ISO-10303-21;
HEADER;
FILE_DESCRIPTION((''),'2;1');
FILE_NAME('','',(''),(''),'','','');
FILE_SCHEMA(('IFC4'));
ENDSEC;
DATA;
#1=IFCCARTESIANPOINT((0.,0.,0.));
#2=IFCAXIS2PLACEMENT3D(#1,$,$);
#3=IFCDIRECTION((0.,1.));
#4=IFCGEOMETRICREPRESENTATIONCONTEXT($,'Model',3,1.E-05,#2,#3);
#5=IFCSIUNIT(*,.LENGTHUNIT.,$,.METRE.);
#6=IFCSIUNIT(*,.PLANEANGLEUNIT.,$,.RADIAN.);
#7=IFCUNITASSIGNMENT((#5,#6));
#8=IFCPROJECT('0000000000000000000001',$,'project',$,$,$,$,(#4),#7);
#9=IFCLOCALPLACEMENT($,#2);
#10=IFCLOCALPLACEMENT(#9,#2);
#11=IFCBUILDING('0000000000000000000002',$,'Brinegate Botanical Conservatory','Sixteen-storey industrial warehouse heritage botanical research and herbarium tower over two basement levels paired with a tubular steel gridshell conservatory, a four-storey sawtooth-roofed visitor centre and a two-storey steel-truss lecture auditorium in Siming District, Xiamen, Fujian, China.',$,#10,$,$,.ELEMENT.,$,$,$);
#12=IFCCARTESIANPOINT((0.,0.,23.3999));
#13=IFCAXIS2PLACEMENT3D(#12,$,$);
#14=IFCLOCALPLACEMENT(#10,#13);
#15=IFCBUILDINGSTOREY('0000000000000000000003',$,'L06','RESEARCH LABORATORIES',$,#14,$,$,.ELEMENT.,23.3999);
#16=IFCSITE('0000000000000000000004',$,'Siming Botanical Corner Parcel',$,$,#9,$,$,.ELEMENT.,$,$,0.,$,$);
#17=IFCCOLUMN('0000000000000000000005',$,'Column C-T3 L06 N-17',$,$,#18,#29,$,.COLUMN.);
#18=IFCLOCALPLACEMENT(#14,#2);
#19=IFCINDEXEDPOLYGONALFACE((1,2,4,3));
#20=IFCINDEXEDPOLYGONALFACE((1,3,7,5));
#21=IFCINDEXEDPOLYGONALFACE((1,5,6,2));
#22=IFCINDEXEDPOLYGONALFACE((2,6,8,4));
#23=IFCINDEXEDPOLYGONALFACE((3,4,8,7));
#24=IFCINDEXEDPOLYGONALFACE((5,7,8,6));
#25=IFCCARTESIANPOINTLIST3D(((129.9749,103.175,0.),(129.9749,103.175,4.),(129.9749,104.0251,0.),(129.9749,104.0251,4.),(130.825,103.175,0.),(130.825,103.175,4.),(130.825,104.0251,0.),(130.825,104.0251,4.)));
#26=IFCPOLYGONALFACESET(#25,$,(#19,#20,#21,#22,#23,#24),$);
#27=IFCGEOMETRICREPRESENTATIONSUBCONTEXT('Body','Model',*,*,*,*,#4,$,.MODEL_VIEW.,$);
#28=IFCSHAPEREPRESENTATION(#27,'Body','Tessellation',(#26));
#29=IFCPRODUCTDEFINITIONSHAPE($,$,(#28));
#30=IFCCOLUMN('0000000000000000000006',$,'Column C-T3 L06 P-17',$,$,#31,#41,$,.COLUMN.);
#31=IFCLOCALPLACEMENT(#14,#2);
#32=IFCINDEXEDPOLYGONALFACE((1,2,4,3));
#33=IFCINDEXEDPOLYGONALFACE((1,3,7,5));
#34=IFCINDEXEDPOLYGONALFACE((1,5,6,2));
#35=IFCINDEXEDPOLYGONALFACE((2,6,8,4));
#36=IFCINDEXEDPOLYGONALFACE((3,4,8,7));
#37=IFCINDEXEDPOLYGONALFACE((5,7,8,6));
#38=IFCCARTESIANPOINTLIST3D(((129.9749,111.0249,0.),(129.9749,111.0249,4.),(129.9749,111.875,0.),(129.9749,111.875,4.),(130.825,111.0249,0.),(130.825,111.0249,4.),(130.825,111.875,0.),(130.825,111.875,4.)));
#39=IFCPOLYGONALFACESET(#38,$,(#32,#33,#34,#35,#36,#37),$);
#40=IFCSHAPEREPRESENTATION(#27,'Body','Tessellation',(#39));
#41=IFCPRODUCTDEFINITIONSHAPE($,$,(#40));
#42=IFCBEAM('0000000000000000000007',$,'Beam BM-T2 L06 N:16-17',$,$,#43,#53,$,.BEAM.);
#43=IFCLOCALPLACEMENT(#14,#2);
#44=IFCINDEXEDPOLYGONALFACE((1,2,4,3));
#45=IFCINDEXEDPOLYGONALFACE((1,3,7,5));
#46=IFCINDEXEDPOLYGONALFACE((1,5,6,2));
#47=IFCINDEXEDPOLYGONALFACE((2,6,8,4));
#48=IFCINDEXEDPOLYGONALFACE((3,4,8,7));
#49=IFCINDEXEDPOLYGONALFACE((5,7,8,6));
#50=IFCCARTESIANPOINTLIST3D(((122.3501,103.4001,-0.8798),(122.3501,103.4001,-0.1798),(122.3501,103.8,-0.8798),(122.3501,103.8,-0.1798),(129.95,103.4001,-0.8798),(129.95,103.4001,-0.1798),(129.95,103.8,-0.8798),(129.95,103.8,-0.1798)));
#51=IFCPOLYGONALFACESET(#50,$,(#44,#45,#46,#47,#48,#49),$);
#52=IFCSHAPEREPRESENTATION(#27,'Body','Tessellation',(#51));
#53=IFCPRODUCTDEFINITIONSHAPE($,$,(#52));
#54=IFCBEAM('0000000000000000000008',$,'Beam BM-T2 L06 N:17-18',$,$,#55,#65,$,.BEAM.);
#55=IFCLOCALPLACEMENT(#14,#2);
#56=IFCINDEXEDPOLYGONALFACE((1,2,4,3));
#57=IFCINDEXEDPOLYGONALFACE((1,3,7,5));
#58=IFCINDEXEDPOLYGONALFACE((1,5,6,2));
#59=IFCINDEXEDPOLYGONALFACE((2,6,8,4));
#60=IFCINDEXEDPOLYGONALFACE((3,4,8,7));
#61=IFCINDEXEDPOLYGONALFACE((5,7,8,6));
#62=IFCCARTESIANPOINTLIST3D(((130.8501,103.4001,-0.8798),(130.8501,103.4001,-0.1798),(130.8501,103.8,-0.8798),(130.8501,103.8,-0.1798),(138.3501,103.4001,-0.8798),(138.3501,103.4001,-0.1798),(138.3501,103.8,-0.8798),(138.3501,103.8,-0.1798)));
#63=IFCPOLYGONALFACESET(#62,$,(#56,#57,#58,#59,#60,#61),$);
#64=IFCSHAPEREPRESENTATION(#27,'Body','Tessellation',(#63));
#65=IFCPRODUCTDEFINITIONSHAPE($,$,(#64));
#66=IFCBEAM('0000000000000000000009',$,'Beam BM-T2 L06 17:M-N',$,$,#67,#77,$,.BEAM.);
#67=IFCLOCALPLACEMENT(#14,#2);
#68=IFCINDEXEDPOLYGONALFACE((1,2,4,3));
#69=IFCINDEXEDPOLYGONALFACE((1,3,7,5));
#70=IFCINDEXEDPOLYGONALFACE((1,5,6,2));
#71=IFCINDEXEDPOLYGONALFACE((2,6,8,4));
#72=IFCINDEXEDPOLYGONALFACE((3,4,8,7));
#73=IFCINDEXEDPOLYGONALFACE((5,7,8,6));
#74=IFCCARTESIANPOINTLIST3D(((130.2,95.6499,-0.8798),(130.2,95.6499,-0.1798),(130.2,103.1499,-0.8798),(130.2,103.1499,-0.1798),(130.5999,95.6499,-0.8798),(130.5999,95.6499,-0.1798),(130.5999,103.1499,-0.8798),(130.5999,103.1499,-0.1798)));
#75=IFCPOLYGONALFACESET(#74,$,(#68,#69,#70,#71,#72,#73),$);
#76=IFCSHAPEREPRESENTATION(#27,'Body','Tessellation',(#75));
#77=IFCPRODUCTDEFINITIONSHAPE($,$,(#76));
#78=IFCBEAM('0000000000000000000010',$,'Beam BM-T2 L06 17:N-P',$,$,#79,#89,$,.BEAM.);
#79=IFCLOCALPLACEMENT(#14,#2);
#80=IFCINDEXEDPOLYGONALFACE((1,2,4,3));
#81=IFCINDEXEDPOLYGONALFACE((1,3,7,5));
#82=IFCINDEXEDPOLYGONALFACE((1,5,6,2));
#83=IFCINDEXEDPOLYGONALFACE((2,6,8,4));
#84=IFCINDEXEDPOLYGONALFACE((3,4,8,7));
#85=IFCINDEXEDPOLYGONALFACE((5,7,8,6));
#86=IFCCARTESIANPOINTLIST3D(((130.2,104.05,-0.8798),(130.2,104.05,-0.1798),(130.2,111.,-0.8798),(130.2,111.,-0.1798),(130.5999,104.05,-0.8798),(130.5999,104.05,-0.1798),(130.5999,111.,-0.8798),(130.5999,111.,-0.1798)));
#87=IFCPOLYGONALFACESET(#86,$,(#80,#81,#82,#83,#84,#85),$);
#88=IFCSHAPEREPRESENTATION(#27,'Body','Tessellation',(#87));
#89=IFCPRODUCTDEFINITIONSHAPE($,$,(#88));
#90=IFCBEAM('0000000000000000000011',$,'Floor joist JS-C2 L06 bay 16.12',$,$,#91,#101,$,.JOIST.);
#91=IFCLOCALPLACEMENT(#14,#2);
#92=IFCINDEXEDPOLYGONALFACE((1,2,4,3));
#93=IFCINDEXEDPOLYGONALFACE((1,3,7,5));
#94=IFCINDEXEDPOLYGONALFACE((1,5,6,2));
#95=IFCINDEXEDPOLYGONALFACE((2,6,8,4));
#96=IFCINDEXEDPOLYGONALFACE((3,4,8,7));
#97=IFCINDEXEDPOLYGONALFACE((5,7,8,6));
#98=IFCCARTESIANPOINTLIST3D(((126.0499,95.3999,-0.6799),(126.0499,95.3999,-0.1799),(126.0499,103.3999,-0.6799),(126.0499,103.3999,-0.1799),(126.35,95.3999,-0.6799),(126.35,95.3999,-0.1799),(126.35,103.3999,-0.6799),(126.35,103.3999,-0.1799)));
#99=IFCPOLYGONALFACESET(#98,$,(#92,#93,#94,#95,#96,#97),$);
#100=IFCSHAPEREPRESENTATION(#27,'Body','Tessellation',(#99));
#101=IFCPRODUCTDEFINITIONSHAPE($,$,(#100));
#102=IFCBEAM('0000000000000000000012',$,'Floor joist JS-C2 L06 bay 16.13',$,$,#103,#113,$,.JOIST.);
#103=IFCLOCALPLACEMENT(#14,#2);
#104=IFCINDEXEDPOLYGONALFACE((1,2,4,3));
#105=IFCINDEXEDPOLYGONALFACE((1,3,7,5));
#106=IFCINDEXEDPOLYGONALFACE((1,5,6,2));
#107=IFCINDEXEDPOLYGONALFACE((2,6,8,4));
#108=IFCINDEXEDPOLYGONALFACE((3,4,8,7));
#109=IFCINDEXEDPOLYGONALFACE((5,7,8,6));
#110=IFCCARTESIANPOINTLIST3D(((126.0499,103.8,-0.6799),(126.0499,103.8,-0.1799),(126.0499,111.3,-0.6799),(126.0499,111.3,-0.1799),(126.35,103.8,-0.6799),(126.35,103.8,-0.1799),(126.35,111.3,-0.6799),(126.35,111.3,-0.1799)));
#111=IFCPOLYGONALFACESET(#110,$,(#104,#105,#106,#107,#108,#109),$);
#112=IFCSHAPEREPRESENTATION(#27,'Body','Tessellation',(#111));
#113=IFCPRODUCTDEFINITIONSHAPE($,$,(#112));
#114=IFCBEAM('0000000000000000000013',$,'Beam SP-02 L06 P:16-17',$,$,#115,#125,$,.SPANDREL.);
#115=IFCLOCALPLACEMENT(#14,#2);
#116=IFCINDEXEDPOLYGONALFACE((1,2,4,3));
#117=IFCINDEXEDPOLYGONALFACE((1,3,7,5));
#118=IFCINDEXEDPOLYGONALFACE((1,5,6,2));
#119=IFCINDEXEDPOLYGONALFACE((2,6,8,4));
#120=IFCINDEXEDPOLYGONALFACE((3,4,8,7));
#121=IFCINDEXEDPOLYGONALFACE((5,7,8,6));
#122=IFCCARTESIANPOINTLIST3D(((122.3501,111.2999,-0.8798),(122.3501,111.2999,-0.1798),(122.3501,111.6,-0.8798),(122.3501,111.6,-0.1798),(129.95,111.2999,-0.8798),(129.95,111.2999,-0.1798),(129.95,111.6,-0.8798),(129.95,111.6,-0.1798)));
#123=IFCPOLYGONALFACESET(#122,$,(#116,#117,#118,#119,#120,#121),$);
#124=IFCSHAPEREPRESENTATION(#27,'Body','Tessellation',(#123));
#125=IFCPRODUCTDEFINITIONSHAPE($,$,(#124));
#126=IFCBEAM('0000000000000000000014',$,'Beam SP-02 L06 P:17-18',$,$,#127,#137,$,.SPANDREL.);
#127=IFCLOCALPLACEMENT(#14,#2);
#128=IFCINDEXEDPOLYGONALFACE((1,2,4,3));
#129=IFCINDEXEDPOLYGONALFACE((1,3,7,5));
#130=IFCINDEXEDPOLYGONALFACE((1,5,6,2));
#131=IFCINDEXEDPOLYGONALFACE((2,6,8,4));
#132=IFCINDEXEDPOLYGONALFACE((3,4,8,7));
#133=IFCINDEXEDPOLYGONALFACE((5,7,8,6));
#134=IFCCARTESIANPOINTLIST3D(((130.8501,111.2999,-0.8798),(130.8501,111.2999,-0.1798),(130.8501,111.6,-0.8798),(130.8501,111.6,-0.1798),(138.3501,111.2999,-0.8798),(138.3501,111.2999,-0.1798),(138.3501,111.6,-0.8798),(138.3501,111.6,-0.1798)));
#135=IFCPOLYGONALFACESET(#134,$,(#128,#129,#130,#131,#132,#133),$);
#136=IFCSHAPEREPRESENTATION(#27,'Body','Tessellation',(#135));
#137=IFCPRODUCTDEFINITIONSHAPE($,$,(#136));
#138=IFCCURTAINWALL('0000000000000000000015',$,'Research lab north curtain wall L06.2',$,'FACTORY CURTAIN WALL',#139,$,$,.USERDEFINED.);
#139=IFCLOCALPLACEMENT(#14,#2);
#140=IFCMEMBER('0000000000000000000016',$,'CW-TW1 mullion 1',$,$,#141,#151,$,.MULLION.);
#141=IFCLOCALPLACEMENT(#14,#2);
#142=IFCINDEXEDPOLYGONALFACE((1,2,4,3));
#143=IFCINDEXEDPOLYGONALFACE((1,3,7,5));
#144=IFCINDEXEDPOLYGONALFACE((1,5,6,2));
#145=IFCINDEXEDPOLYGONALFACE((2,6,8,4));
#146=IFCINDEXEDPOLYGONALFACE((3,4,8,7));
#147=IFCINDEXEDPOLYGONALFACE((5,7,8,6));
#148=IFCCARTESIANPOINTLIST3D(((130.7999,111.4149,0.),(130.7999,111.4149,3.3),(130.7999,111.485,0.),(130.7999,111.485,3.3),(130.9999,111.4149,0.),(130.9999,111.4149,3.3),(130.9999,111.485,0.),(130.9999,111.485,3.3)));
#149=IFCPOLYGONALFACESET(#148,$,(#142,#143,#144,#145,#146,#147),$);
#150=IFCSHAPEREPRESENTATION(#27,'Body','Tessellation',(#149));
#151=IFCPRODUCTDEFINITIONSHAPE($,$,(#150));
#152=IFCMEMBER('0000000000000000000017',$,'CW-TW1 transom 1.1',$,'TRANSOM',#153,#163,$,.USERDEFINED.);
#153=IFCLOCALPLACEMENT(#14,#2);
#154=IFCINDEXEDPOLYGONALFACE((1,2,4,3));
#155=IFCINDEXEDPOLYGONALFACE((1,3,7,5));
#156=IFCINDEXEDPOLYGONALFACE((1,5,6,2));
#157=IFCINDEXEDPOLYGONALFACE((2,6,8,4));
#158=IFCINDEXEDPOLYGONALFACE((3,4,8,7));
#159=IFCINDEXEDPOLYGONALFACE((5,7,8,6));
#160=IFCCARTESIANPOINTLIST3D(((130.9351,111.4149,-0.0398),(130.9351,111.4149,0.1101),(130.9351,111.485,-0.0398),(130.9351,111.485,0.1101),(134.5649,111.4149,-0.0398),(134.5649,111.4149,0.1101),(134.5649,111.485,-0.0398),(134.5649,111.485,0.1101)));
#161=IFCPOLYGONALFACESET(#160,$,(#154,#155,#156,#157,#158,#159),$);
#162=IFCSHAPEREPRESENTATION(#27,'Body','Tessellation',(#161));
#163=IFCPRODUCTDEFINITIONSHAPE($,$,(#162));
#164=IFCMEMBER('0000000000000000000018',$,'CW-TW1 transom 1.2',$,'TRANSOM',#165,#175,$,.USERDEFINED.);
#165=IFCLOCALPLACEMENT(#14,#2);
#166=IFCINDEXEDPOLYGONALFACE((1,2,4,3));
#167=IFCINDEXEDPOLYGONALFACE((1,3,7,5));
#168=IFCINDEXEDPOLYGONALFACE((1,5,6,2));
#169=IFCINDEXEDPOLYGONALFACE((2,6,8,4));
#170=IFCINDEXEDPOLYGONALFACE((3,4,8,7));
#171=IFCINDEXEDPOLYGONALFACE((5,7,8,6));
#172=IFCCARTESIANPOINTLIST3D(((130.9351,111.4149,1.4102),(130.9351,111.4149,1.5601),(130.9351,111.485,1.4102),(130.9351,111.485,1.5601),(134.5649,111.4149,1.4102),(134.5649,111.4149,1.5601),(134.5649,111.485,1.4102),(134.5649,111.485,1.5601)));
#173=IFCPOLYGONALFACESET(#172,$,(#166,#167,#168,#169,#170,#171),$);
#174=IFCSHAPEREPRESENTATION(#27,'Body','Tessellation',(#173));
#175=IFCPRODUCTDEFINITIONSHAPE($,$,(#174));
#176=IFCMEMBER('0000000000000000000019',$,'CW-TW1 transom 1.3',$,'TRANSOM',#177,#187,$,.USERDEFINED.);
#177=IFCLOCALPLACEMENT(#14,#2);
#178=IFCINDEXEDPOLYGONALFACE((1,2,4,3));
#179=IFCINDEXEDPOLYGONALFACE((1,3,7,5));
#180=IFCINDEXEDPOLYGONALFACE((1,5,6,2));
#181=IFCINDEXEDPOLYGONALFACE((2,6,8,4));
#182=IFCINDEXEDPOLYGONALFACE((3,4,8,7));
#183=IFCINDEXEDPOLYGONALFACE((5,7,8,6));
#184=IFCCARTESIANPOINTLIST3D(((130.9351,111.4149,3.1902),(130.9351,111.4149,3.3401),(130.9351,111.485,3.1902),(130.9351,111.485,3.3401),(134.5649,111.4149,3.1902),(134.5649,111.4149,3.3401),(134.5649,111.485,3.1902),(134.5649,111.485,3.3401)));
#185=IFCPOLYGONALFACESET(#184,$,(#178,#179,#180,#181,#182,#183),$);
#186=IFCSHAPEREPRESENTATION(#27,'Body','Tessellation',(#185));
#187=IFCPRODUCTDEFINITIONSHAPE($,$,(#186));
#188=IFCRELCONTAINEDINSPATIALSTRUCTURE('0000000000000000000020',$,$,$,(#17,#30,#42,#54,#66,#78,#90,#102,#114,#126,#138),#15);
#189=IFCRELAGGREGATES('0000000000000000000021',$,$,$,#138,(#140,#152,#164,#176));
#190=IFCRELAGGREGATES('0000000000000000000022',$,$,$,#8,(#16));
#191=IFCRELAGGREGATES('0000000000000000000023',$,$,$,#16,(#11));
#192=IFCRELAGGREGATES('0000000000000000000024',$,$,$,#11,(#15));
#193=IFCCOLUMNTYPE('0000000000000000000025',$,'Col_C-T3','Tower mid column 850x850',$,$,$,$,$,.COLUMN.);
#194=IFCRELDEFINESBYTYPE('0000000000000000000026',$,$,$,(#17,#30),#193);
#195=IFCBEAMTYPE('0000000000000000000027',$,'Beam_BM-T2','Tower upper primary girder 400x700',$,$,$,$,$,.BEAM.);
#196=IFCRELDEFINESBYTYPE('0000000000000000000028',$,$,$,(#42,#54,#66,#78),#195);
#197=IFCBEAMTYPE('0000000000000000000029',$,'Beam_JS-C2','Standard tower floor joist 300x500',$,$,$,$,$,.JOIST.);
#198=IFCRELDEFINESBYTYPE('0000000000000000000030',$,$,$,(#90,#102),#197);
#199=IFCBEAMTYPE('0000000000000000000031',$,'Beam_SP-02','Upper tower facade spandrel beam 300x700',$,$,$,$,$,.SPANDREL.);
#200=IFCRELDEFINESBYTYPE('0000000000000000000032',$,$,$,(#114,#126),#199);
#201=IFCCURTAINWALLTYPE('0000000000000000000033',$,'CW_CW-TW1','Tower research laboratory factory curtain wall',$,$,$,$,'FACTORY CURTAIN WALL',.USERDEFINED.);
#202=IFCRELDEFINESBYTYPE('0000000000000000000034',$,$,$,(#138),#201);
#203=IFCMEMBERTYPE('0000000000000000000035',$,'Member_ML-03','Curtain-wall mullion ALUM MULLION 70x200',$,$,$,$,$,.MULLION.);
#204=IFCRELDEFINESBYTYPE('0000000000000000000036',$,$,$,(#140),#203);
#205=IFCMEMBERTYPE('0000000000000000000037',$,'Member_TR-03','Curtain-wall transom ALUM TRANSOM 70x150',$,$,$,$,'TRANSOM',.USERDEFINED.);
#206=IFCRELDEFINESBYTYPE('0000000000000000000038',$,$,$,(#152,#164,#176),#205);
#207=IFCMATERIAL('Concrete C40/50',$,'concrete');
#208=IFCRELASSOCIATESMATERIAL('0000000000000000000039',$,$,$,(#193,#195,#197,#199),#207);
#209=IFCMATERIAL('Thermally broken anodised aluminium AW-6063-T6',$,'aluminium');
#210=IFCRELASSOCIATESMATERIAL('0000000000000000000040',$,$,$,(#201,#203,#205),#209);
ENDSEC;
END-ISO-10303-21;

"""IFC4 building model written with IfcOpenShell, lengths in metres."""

from ifc_helpers import new_model, si_unit, direction, frame, origin, origin_2d, place, context, subcontext, project, spatial, rectangle, extrude, material, material_profile, profile_set, type_object, element, aggregate, save


model = new_model("IFC4")

# Units and contexts
model_context = context("Model", 3, precision=1e-05, world=origin(), true_north=direction((0.0, 1.0)))
body_context = subcontext(model_context, "Body", "Model", "MODEL_VIEW")
ifc_project = project(units=[si_unit("LENGTHUNIT", "METRE"), si_unit("PLANEANGLEUNIT", "RADIAN")], contexts=[model_context])

# Site, building, storey
site_placement = place(None, origin())
site = spatial("IfcSite", under=ifc_project, at=site_placement, Name="Siming Botanical Corner Parcel", CompositionType="ELEMENT", RefElevation=0.0)
building_placement = place(site_placement, origin())
building = spatial("IfcBuilding", under=site, at=building_placement, Name="Brinegate Botanical Conservatory", Description="Sixteen-storey industrial warehouse heritage botanical research and herbarium tower over two basement levels paired with a tubular steel gridshell conservatory, a four-storey sawtooth-roofed visitor centre and a two-storey steel-truss lecture auditorium in Siming District, Xiamen, Fujian, China.", CompositionType="ELEMENT")
storey_placement = place(building_placement, frame((0.0, 0.0, 23.3999)))
storey = spatial("IfcBuildingStorey", under=building, at=storey_placement, Name="L06", Description="RESEARCH LABORATORIES", CompositionType="ELEMENT", Elevation=23.3999)

# Columns
ifc_material_1 = material(Name="Concrete C40/50", Category="concrete")
ifc_material_profile_1 = material_profile(ifc_material_1, rectangle(XDim=0.8501, YDim=0.8501, at=origin_2d()), Name="RC COL 850x850")
ifc_profile_set_1 = profile_set([ifc_material_profile_1], Name="Concrete C40/50")
column_type = type_object("IfcColumnType", Name="Col_C-T3", Description="Tower mid column 850x850", PredefinedType="COLUMN", material=ifc_profile_set_1)
for number, where, z_axis, x_axis, name in (
    (1, (130.3999, 103.6001, 0.0), (0.0, 0.0, 1.0), (1.0, 0.0, 0.0), "Column C-T3 L06 N-17"),
    (2, (130.3999, 111.45, 0.0), (0.0, 0.0, 1.0), (1.0, 0.0, 0.0), "Column C-T3 L06 P-17"),
):
    element("IfcColumn", number, at=place(storey_placement, frame(where, z_axis=z_axis, x_axis=x_axis)), inside=storey, type_object=column_type, Name=name, PredefinedType="COLUMN", context=body_context, shape_type="SweptSolid", body=[
        extrude(rectangle(XDim=0.8501, YDim=0.8501, at=origin_2d()), origin(), (0.0, 0.0, 1.0), 4.0),
    ])

# Beams
ifc_material_profile_2 = material_profile(ifc_material_1, rectangle(XDim=0.3999, YDim=0.7, at=origin_2d()), Name="RC BM 400x700")
ifc_profile_set_2 = profile_set([ifc_material_profile_2], Name="Concrete C40/50")
beam_type_1 = type_object("IfcBeamType", Name="Beam_BM-T2", Description="Tower upper primary girder 400x700", PredefinedType="BEAM", material=ifc_profile_set_2)
beam_1_placement = place(storey_placement, frame((122.3501, 103.6001, -0.5298), z_axis=(1.0, 0.0, 0.0), x_axis=(0.0, 1.0, 0.0)))
element("IfcBeam", 3, at=beam_1_placement, inside=storey, type_object=beam_type_1, Name="Beam BM-T2 L06 N:16-17", PredefinedType="BEAM", context=body_context, shape_type="SweptSolid", body=[
    extrude(rectangle(XDim=0.3999, YDim=0.7, at=origin_2d()), origin(), (0.0, 0.0, 1.0), 7.5999),
])
for number, where, z_axis, x_axis, name in (
    (4, (130.8501, 103.6001, -0.5298), (1.0, 0.0, 0.0), (0.0, 1.0, 0.0), "Beam BM-T2 L06 N:17-18"),
    (5, (130.3999, 95.6499, -0.5298), (0.0, 1.0, 0.0), (-1.0, 0.0, 0.0), "Beam BM-T2 L06 17:M-N"),
):
    element("IfcBeam", number, at=place(storey_placement, frame(where, z_axis=z_axis, x_axis=x_axis)), inside=storey, type_object=beam_type_1, Name=name, PredefinedType="BEAM", context=body_context, shape_type="SweptSolid", body=[
        extrude(rectangle(XDim=0.3999, YDim=0.7, at=origin_2d()), origin(), (0.0, 0.0, 1.0), 7.5),
    ])
beam_2_placement = place(storey_placement, frame((130.3999, 104.05, -0.5298), z_axis=(0.0, 1.0, 0.0), x_axis=(-1.0, 0.0, 0.0)))
element("IfcBeam", 6, at=beam_2_placement, inside=storey, type_object=beam_type_1, Name="Beam BM-T2 L06 17:N-P", PredefinedType="BEAM", context=body_context, shape_type="SweptSolid", body=[
    extrude(rectangle(XDim=0.3999, YDim=0.7, at=origin_2d()), origin(), (0.0, 0.0, 1.0), 6.95),
])
ifc_material_profile_3 = material_profile(ifc_material_1, rectangle(XDim=0.3, YDim=0.5, at=origin_2d()), Name="RC JST 300x500")
ifc_profile_set_3 = profile_set([ifc_material_profile_3], Name="Concrete C40/50")
beam_type_2 = type_object("IfcBeamType", Name="Beam_JS-C2", Description="Standard tower floor joist 300x500", PredefinedType="JOIST", material=ifc_profile_set_3)
beam_3_placement = place(storey_placement, frame((126.2, 95.3999, -0.4299), z_axis=(0.0, 1.0, 0.0), x_axis=(-1.0, 0.0, 0.0)))
element("IfcBeam", 7, at=beam_3_placement, inside=storey, type_object=beam_type_2, Name="Floor joist JS-C2 L06 bay 16.12", PredefinedType="JOIST", context=body_context, shape_type="SweptSolid", body=[
    extrude(rectangle(XDim=0.3, YDim=0.5, at=origin_2d()), origin(), (0.0, 0.0, 1.0), 8.0),
])
beam_4_placement = place(storey_placement, frame((126.2, 103.8, -0.4299), z_axis=(0.0, 1.0, 0.0), x_axis=(-1.0, 0.0, 0.0)))
element("IfcBeam", 8, at=beam_4_placement, inside=storey, type_object=beam_type_2, Name="Floor joist JS-C2 L06 bay 16.13", PredefinedType="JOIST", context=body_context, shape_type="SweptSolid", body=[
    extrude(rectangle(XDim=0.3, YDim=0.5, at=origin_2d()), origin(), (0.0, 0.0, 1.0), 7.5),
])
ifc_material_profile_4 = material_profile(ifc_material_1, rectangle(XDim=0.3, YDim=0.7, at=origin_2d()), Name="RC SPN 300x700")
ifc_profile_set_4 = profile_set([ifc_material_profile_4], Name="Concrete C40/50")
beam_type_3 = type_object("IfcBeamType", Name="Beam_SP-02", Description="Upper tower facade spandrel beam 300x700", PredefinedType="SPANDREL", material=ifc_profile_set_4)
beam_5_placement = place(storey_placement, frame((122.3501, 111.45, -0.5298), z_axis=(1.0, 0.0, 0.0), x_axis=(0.0, 1.0, 0.0)))
element("IfcBeam", 9, at=beam_5_placement, inside=storey, type_object=beam_type_3, Name="Beam SP-02 L06 P:16-17", PredefinedType="SPANDREL", context=body_context, shape_type="SweptSolid", body=[
    extrude(rectangle(XDim=0.3, YDim=0.7, at=origin_2d()), origin(), (0.0, 0.0, 1.0), 7.5999),
])
beam_6_placement = place(storey_placement, frame((130.8501, 111.45, -0.5298), z_axis=(1.0, 0.0, 0.0), x_axis=(0.0, 1.0, 0.0)))
element("IfcBeam", 10, at=beam_6_placement, inside=storey, type_object=beam_type_3, Name="Beam SP-02 L06 P:17-18", PredefinedType="SPANDREL", context=body_context, shape_type="SweptSolid", body=[
    extrude(rectangle(XDim=0.3, YDim=0.7, at=origin_2d()), origin(), (0.0, 0.0, 1.0), 7.5),
])

# Curtain wall, members
ifc_material_2 = material(Name="Thermally broken anodised aluminium AW-6063-T6", Category="aluminium")
curtain_wall_type = type_object("IfcCurtainWallType", Name="CW_CW-TW1", Description="Tower research laboratory factory curtain wall", ElementType="FACTORY CURTAIN WALL", PredefinedType="USERDEFINED", material=ifc_material_2)
curtain_wall_placement = place(storey_placement, origin())
curtain_wall = element("IfcCurtainWall", 11, at=curtain_wall_placement, inside=storey, type_object=curtain_wall_type, Name="Research lab north curtain wall L06.2", ObjectType="FACTORY CURTAIN WALL", PredefinedType="USERDEFINED")
ifc_material_profile_5 = material_profile(ifc_material_2, rectangle(XDim=0.0701, YDim=0.2, at=origin_2d()), Name="ALUM MULLION 70x200")
ifc_profile_set_5 = profile_set([ifc_material_profile_5], Name="Thermally broken anodised aluminium AW-6063-T6")
member_type_1 = type_object("IfcMemberType", Name="Member_ML-03", Description="Curtain-wall mullion ALUM MULLION 70x200", PredefinedType="MULLION", material=ifc_profile_set_5)
member_1_placement = place(storey_placement, frame((130.8999, 111.45, 0.0), z_axis=(0.0, 0.0, 1.0), x_axis=(0.0, 1.0, 0.0)))
member_1 = element("IfcMember", 12, at=member_1_placement, type_object=member_type_1, Name="CW-TW1 mullion 1", PredefinedType="MULLION", context=body_context, shape_type="SweptSolid", body=[
    extrude(rectangle(XDim=0.0701, YDim=0.2, at=origin_2d()), origin(), (0.0, 0.0, 1.0), 3.3),
])
ifc_material_profile_6 = material_profile(ifc_material_2, rectangle(XDim=0.0701, YDim=0.1499, at=origin_2d()), Name="ALUM TRANSOM 70x150")
ifc_profile_set_6 = profile_set([ifc_material_profile_6], Name="Thermally broken anodised aluminium AW-6063-T6")
member_type_2 = type_object("IfcMemberType", Name="Member_TR-03", Description="Curtain-wall transom ALUM TRANSOM 70x150", ElementType="TRANSOM", PredefinedType="USERDEFINED", material=ifc_profile_set_6)
member_2_placement = place(storey_placement, frame((130.9351, 111.45, 0.0352), z_axis=(1.0, 0.0, 0.0), x_axis=(0.0, 1.0, 0.0)))
member_2 = element("IfcMember", 13, at=member_2_placement, type_object=member_type_2, Name="CW-TW1 transom 1.1", ObjectType="TRANSOM", PredefinedType="USERDEFINED", context=body_context, shape_type="SweptSolid", body=[
    extrude(rectangle(XDim=0.0701, YDim=0.1499, at=origin_2d()), origin(), (0.0, 0.0, 1.0), 3.6299),
])
member_3_placement = place(storey_placement, frame((130.9351, 111.45, 1.4851), z_axis=(1.0, 0.0, 0.0), x_axis=(0.0, 1.0, 0.0)))
member_3 = element("IfcMember", 14, at=member_3_placement, type_object=member_type_2, Name="CW-TW1 transom 1.2", ObjectType="TRANSOM", PredefinedType="USERDEFINED", context=body_context, shape_type="SweptSolid", body=[
    extrude(rectangle(XDim=0.0701, YDim=0.1499, at=origin_2d()), origin(), (0.0, 0.0, 1.0), 3.6299),
])
member_4_placement = place(storey_placement, frame((130.9351, 111.45, 3.2651), z_axis=(1.0, 0.0, 0.0), x_axis=(0.0, 1.0, 0.0)))
member_4 = element("IfcMember", 15, at=member_4_placement, type_object=member_type_2, Name="CW-TW1 transom 1.3", ObjectType="TRANSOM", PredefinedType="USERDEFINED", context=body_context, shape_type="SweptSolid", body=[
    extrude(rectangle(XDim=0.0701, YDim=0.1499, at=origin_2d()), origin(), (0.0, 0.0, 1.0), 3.6299),
])
aggregate(curtain_wall, [member_1, member_2, member_3, member_4])

save(model, "model.ifc")
